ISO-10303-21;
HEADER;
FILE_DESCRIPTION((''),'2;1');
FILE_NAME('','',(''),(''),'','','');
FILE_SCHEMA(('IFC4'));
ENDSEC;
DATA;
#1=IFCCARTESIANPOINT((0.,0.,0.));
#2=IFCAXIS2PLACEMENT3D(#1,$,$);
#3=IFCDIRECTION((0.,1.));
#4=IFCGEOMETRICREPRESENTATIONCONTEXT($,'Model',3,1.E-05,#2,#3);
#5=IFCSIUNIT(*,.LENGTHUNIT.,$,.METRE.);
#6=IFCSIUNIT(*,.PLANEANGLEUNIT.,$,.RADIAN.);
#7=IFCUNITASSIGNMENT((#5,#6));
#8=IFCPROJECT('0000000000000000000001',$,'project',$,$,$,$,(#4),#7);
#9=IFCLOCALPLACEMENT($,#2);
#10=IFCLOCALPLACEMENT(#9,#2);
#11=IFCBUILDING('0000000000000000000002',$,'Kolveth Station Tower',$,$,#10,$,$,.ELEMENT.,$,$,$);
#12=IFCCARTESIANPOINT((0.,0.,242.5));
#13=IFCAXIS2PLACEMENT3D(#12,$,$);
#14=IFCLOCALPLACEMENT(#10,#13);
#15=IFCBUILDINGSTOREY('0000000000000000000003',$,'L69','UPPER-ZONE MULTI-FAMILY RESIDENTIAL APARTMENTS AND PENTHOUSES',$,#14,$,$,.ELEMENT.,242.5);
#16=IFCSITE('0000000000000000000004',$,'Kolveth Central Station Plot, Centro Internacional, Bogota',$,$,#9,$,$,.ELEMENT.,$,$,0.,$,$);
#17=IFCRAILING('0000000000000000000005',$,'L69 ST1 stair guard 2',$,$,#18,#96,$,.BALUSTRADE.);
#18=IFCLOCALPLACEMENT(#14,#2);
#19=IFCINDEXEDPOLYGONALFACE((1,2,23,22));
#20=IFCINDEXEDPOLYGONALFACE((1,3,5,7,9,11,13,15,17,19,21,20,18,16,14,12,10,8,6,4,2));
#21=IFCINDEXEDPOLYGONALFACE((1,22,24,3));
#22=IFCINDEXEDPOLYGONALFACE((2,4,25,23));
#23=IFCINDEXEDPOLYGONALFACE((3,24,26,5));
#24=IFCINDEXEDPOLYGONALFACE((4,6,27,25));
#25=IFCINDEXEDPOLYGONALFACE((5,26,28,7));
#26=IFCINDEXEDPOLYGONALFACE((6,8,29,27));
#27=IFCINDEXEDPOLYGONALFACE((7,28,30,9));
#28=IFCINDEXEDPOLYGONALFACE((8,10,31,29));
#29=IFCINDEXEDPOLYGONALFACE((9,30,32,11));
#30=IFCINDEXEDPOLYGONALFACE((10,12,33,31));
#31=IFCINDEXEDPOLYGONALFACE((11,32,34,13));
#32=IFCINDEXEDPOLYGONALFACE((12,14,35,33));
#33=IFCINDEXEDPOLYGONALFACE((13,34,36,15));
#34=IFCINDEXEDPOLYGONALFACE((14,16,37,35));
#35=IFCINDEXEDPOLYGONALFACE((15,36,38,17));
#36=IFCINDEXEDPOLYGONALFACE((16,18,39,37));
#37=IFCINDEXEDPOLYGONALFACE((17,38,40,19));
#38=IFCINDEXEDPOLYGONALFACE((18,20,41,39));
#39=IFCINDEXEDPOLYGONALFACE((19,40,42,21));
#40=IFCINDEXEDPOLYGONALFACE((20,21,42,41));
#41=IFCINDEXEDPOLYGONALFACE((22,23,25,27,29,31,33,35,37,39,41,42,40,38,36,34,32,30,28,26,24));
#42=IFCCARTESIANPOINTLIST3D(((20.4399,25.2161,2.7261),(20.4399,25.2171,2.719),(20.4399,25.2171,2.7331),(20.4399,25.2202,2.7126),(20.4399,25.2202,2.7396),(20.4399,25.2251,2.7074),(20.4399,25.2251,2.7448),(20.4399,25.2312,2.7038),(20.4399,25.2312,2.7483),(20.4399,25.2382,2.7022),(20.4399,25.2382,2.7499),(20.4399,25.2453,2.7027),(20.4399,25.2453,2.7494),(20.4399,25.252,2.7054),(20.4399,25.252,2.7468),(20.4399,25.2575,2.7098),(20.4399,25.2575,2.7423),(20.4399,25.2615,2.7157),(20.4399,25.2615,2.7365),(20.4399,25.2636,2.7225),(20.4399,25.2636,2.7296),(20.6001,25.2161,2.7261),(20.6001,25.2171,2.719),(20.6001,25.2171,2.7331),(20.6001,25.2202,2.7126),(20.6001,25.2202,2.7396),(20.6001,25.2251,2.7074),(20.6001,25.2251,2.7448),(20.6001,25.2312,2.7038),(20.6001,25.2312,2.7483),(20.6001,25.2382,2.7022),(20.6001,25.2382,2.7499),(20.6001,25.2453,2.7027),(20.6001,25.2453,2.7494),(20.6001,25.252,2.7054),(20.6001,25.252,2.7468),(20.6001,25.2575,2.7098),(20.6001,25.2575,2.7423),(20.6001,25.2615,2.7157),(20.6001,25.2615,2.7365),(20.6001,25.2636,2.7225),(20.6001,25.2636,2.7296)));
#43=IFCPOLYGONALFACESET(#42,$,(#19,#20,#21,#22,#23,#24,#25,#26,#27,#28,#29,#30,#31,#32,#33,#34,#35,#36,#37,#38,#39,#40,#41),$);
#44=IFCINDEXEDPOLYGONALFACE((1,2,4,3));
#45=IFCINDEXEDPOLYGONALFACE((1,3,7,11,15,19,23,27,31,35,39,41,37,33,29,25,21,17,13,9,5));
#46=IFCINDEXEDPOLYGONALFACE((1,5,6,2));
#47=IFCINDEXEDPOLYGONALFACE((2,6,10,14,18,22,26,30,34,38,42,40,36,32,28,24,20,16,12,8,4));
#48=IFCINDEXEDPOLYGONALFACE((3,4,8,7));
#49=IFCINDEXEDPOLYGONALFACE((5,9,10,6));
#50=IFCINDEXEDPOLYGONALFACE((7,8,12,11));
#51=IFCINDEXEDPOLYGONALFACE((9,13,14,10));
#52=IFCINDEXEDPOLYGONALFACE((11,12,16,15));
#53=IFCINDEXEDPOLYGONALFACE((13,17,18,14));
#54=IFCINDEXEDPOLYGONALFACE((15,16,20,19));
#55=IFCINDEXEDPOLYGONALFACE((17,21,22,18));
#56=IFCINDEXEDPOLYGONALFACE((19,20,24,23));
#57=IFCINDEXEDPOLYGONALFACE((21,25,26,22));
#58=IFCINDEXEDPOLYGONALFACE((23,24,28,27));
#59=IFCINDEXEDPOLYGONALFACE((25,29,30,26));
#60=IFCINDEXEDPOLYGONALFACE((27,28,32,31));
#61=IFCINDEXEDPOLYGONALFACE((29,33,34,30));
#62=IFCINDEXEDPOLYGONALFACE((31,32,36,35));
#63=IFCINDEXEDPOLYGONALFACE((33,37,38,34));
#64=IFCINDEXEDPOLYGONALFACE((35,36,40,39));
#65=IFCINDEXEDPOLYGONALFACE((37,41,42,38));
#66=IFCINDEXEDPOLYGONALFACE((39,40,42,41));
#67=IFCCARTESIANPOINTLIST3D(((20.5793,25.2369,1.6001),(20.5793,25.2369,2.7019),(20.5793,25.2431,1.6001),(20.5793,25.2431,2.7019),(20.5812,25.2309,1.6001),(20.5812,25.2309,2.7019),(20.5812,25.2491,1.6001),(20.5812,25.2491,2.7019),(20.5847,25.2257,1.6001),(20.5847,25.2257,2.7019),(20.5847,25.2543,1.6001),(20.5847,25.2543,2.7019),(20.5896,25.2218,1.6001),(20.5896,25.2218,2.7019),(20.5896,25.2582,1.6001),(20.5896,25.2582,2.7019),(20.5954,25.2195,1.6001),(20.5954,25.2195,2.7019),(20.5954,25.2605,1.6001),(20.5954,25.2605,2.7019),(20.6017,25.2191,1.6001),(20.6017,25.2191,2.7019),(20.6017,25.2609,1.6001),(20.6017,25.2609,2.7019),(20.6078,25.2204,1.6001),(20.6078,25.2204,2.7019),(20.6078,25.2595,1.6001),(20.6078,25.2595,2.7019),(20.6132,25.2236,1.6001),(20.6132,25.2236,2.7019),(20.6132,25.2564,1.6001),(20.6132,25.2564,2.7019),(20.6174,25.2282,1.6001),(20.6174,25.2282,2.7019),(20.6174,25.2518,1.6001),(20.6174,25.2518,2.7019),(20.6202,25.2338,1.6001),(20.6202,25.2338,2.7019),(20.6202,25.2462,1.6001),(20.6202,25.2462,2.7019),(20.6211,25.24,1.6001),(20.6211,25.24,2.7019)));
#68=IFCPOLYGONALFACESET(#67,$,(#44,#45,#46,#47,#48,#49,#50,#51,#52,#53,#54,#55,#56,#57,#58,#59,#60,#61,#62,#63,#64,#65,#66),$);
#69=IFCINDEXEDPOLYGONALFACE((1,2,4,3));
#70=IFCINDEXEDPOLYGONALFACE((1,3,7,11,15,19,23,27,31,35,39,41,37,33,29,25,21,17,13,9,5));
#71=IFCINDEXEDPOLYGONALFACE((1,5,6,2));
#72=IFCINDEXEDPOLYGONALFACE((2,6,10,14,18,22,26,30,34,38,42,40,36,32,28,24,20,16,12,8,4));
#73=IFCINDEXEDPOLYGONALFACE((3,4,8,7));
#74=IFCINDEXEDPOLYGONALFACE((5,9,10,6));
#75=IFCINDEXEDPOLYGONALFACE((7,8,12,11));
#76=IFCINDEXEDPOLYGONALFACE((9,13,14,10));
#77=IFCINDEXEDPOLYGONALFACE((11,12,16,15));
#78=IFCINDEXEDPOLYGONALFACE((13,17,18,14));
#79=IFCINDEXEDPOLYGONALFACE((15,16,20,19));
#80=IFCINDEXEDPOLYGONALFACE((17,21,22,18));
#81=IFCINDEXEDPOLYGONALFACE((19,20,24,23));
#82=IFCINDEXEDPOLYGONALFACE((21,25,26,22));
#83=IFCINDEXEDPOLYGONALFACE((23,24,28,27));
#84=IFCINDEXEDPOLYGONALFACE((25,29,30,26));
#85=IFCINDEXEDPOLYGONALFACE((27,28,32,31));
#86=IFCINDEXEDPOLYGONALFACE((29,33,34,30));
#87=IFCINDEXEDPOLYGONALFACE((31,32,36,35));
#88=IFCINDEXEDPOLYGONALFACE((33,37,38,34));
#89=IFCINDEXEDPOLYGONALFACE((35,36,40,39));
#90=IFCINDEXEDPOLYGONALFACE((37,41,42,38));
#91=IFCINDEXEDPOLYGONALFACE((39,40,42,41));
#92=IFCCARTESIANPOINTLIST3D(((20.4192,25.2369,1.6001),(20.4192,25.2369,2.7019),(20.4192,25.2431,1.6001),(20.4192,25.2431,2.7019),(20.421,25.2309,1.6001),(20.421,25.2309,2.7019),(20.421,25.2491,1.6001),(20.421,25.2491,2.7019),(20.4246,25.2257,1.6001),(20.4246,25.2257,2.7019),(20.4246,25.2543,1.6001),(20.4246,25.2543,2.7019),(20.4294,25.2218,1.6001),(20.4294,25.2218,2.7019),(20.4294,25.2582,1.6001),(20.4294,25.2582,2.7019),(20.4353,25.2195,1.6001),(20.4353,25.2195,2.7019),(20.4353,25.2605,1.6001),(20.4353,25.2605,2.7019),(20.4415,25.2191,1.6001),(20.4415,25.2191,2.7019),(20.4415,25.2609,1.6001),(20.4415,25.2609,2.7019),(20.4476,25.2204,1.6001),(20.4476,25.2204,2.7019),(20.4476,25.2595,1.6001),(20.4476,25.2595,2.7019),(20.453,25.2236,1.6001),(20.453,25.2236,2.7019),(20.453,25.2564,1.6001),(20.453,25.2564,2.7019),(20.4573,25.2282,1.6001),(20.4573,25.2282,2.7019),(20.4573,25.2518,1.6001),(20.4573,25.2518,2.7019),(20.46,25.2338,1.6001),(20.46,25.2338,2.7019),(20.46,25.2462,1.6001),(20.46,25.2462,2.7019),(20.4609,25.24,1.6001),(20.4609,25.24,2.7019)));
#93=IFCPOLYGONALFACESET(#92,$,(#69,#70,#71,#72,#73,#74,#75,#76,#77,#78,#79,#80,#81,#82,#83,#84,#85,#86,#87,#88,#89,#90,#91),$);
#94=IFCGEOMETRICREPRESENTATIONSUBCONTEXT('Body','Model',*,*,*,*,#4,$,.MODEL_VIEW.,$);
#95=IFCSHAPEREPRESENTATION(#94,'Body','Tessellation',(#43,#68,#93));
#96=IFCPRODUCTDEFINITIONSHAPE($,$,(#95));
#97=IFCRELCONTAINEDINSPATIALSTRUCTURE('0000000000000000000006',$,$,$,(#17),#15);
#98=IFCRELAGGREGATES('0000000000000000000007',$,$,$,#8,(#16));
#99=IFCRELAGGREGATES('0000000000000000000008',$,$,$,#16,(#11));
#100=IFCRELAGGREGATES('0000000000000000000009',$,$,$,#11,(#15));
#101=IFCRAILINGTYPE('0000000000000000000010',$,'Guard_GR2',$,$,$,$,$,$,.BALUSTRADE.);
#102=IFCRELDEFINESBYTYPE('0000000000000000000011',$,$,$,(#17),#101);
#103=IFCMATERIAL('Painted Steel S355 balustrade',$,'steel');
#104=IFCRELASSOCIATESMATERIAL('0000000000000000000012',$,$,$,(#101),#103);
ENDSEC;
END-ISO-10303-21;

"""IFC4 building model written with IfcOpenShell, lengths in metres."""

from ifc_helpers import new_model, si_unit, direction, frame, origin, origin_2d, place, context, subcontext, project, spatial, circle, extrude, material, type_object, element, save


model = new_model("IFC4")

# Units and contexts
model_context = context("Model", 3, precision=1e-05, world=origin(), true_north=direction((0.0, 1.0)))
body_context = subcontext(model_context, "Body", "Model", "MODEL_VIEW")
ifc_project = project(units=[si_unit("LENGTHUNIT", "METRE"), si_unit("PLANEANGLEUNIT", "RADIAN")], contexts=[model_context])

# Site, building, storey
site_placement = place(None, origin())
site = spatial("IfcSite", under=ifc_project, at=site_placement, Name="Kolveth Central Station Plot, Centro Internacional, Bogota", CompositionType="ELEMENT", RefElevation=0.0)
building_placement = place(site_placement, origin())
building = spatial("IfcBuilding", under=site, at=building_placement, Name="Kolveth Station Tower", CompositionType="ELEMENT")
storey_placement = place(building_placement, frame((0.0, 0.0, 242.5)))
storey = spatial("IfcBuildingStorey", under=building, at=storey_placement, Name="L69", Description="UPPER-ZONE MULTI-FAMILY RESIDENTIAL APARTMENTS AND PENTHOUSES", CompositionType="ELEMENT", Elevation=242.5)

# Railing
ifc_material_1 = material(Name="Painted Steel S355 balustrade", Category="steel")
railing_type_1 = type_object("IfcRailingType", Name="Guard_GR2", PredefinedType="BALUSTRADE", material=ifc_material_1)
railing_1_placement = place(storey_placement, frame((20.6001, 25.24, 1.6001)))
element("IfcRailing", 1, at=railing_1_placement, inside=storey, type_object=railing_type_1, Name="L69 ST1 stair guard 2", PredefinedType="BALUSTRADE", context=body_context, shape_type="SweptSolid", body=[
    extrude(circle(Radius=0.0239, at=origin_2d()), frame((0.0, 0.0, 1.126), z_axis=(-1.0, 0.0, 0.0), x_axis=(0.0, -1.0, 0.0)), (0.0, 0.0, 1.0), 0.1602),
    extrude(circle(Radius=0.021, at=origin_2d()), origin(), (0.0, 0.0, 1.0), 1.1018),
    extrude(circle(Radius=0.021, at=origin_2d()), frame((-0.1602, 0.0, 0.0)), (0.0, 0.0, 1.0), 1.1018),
])

save(model, "model.ifc")
